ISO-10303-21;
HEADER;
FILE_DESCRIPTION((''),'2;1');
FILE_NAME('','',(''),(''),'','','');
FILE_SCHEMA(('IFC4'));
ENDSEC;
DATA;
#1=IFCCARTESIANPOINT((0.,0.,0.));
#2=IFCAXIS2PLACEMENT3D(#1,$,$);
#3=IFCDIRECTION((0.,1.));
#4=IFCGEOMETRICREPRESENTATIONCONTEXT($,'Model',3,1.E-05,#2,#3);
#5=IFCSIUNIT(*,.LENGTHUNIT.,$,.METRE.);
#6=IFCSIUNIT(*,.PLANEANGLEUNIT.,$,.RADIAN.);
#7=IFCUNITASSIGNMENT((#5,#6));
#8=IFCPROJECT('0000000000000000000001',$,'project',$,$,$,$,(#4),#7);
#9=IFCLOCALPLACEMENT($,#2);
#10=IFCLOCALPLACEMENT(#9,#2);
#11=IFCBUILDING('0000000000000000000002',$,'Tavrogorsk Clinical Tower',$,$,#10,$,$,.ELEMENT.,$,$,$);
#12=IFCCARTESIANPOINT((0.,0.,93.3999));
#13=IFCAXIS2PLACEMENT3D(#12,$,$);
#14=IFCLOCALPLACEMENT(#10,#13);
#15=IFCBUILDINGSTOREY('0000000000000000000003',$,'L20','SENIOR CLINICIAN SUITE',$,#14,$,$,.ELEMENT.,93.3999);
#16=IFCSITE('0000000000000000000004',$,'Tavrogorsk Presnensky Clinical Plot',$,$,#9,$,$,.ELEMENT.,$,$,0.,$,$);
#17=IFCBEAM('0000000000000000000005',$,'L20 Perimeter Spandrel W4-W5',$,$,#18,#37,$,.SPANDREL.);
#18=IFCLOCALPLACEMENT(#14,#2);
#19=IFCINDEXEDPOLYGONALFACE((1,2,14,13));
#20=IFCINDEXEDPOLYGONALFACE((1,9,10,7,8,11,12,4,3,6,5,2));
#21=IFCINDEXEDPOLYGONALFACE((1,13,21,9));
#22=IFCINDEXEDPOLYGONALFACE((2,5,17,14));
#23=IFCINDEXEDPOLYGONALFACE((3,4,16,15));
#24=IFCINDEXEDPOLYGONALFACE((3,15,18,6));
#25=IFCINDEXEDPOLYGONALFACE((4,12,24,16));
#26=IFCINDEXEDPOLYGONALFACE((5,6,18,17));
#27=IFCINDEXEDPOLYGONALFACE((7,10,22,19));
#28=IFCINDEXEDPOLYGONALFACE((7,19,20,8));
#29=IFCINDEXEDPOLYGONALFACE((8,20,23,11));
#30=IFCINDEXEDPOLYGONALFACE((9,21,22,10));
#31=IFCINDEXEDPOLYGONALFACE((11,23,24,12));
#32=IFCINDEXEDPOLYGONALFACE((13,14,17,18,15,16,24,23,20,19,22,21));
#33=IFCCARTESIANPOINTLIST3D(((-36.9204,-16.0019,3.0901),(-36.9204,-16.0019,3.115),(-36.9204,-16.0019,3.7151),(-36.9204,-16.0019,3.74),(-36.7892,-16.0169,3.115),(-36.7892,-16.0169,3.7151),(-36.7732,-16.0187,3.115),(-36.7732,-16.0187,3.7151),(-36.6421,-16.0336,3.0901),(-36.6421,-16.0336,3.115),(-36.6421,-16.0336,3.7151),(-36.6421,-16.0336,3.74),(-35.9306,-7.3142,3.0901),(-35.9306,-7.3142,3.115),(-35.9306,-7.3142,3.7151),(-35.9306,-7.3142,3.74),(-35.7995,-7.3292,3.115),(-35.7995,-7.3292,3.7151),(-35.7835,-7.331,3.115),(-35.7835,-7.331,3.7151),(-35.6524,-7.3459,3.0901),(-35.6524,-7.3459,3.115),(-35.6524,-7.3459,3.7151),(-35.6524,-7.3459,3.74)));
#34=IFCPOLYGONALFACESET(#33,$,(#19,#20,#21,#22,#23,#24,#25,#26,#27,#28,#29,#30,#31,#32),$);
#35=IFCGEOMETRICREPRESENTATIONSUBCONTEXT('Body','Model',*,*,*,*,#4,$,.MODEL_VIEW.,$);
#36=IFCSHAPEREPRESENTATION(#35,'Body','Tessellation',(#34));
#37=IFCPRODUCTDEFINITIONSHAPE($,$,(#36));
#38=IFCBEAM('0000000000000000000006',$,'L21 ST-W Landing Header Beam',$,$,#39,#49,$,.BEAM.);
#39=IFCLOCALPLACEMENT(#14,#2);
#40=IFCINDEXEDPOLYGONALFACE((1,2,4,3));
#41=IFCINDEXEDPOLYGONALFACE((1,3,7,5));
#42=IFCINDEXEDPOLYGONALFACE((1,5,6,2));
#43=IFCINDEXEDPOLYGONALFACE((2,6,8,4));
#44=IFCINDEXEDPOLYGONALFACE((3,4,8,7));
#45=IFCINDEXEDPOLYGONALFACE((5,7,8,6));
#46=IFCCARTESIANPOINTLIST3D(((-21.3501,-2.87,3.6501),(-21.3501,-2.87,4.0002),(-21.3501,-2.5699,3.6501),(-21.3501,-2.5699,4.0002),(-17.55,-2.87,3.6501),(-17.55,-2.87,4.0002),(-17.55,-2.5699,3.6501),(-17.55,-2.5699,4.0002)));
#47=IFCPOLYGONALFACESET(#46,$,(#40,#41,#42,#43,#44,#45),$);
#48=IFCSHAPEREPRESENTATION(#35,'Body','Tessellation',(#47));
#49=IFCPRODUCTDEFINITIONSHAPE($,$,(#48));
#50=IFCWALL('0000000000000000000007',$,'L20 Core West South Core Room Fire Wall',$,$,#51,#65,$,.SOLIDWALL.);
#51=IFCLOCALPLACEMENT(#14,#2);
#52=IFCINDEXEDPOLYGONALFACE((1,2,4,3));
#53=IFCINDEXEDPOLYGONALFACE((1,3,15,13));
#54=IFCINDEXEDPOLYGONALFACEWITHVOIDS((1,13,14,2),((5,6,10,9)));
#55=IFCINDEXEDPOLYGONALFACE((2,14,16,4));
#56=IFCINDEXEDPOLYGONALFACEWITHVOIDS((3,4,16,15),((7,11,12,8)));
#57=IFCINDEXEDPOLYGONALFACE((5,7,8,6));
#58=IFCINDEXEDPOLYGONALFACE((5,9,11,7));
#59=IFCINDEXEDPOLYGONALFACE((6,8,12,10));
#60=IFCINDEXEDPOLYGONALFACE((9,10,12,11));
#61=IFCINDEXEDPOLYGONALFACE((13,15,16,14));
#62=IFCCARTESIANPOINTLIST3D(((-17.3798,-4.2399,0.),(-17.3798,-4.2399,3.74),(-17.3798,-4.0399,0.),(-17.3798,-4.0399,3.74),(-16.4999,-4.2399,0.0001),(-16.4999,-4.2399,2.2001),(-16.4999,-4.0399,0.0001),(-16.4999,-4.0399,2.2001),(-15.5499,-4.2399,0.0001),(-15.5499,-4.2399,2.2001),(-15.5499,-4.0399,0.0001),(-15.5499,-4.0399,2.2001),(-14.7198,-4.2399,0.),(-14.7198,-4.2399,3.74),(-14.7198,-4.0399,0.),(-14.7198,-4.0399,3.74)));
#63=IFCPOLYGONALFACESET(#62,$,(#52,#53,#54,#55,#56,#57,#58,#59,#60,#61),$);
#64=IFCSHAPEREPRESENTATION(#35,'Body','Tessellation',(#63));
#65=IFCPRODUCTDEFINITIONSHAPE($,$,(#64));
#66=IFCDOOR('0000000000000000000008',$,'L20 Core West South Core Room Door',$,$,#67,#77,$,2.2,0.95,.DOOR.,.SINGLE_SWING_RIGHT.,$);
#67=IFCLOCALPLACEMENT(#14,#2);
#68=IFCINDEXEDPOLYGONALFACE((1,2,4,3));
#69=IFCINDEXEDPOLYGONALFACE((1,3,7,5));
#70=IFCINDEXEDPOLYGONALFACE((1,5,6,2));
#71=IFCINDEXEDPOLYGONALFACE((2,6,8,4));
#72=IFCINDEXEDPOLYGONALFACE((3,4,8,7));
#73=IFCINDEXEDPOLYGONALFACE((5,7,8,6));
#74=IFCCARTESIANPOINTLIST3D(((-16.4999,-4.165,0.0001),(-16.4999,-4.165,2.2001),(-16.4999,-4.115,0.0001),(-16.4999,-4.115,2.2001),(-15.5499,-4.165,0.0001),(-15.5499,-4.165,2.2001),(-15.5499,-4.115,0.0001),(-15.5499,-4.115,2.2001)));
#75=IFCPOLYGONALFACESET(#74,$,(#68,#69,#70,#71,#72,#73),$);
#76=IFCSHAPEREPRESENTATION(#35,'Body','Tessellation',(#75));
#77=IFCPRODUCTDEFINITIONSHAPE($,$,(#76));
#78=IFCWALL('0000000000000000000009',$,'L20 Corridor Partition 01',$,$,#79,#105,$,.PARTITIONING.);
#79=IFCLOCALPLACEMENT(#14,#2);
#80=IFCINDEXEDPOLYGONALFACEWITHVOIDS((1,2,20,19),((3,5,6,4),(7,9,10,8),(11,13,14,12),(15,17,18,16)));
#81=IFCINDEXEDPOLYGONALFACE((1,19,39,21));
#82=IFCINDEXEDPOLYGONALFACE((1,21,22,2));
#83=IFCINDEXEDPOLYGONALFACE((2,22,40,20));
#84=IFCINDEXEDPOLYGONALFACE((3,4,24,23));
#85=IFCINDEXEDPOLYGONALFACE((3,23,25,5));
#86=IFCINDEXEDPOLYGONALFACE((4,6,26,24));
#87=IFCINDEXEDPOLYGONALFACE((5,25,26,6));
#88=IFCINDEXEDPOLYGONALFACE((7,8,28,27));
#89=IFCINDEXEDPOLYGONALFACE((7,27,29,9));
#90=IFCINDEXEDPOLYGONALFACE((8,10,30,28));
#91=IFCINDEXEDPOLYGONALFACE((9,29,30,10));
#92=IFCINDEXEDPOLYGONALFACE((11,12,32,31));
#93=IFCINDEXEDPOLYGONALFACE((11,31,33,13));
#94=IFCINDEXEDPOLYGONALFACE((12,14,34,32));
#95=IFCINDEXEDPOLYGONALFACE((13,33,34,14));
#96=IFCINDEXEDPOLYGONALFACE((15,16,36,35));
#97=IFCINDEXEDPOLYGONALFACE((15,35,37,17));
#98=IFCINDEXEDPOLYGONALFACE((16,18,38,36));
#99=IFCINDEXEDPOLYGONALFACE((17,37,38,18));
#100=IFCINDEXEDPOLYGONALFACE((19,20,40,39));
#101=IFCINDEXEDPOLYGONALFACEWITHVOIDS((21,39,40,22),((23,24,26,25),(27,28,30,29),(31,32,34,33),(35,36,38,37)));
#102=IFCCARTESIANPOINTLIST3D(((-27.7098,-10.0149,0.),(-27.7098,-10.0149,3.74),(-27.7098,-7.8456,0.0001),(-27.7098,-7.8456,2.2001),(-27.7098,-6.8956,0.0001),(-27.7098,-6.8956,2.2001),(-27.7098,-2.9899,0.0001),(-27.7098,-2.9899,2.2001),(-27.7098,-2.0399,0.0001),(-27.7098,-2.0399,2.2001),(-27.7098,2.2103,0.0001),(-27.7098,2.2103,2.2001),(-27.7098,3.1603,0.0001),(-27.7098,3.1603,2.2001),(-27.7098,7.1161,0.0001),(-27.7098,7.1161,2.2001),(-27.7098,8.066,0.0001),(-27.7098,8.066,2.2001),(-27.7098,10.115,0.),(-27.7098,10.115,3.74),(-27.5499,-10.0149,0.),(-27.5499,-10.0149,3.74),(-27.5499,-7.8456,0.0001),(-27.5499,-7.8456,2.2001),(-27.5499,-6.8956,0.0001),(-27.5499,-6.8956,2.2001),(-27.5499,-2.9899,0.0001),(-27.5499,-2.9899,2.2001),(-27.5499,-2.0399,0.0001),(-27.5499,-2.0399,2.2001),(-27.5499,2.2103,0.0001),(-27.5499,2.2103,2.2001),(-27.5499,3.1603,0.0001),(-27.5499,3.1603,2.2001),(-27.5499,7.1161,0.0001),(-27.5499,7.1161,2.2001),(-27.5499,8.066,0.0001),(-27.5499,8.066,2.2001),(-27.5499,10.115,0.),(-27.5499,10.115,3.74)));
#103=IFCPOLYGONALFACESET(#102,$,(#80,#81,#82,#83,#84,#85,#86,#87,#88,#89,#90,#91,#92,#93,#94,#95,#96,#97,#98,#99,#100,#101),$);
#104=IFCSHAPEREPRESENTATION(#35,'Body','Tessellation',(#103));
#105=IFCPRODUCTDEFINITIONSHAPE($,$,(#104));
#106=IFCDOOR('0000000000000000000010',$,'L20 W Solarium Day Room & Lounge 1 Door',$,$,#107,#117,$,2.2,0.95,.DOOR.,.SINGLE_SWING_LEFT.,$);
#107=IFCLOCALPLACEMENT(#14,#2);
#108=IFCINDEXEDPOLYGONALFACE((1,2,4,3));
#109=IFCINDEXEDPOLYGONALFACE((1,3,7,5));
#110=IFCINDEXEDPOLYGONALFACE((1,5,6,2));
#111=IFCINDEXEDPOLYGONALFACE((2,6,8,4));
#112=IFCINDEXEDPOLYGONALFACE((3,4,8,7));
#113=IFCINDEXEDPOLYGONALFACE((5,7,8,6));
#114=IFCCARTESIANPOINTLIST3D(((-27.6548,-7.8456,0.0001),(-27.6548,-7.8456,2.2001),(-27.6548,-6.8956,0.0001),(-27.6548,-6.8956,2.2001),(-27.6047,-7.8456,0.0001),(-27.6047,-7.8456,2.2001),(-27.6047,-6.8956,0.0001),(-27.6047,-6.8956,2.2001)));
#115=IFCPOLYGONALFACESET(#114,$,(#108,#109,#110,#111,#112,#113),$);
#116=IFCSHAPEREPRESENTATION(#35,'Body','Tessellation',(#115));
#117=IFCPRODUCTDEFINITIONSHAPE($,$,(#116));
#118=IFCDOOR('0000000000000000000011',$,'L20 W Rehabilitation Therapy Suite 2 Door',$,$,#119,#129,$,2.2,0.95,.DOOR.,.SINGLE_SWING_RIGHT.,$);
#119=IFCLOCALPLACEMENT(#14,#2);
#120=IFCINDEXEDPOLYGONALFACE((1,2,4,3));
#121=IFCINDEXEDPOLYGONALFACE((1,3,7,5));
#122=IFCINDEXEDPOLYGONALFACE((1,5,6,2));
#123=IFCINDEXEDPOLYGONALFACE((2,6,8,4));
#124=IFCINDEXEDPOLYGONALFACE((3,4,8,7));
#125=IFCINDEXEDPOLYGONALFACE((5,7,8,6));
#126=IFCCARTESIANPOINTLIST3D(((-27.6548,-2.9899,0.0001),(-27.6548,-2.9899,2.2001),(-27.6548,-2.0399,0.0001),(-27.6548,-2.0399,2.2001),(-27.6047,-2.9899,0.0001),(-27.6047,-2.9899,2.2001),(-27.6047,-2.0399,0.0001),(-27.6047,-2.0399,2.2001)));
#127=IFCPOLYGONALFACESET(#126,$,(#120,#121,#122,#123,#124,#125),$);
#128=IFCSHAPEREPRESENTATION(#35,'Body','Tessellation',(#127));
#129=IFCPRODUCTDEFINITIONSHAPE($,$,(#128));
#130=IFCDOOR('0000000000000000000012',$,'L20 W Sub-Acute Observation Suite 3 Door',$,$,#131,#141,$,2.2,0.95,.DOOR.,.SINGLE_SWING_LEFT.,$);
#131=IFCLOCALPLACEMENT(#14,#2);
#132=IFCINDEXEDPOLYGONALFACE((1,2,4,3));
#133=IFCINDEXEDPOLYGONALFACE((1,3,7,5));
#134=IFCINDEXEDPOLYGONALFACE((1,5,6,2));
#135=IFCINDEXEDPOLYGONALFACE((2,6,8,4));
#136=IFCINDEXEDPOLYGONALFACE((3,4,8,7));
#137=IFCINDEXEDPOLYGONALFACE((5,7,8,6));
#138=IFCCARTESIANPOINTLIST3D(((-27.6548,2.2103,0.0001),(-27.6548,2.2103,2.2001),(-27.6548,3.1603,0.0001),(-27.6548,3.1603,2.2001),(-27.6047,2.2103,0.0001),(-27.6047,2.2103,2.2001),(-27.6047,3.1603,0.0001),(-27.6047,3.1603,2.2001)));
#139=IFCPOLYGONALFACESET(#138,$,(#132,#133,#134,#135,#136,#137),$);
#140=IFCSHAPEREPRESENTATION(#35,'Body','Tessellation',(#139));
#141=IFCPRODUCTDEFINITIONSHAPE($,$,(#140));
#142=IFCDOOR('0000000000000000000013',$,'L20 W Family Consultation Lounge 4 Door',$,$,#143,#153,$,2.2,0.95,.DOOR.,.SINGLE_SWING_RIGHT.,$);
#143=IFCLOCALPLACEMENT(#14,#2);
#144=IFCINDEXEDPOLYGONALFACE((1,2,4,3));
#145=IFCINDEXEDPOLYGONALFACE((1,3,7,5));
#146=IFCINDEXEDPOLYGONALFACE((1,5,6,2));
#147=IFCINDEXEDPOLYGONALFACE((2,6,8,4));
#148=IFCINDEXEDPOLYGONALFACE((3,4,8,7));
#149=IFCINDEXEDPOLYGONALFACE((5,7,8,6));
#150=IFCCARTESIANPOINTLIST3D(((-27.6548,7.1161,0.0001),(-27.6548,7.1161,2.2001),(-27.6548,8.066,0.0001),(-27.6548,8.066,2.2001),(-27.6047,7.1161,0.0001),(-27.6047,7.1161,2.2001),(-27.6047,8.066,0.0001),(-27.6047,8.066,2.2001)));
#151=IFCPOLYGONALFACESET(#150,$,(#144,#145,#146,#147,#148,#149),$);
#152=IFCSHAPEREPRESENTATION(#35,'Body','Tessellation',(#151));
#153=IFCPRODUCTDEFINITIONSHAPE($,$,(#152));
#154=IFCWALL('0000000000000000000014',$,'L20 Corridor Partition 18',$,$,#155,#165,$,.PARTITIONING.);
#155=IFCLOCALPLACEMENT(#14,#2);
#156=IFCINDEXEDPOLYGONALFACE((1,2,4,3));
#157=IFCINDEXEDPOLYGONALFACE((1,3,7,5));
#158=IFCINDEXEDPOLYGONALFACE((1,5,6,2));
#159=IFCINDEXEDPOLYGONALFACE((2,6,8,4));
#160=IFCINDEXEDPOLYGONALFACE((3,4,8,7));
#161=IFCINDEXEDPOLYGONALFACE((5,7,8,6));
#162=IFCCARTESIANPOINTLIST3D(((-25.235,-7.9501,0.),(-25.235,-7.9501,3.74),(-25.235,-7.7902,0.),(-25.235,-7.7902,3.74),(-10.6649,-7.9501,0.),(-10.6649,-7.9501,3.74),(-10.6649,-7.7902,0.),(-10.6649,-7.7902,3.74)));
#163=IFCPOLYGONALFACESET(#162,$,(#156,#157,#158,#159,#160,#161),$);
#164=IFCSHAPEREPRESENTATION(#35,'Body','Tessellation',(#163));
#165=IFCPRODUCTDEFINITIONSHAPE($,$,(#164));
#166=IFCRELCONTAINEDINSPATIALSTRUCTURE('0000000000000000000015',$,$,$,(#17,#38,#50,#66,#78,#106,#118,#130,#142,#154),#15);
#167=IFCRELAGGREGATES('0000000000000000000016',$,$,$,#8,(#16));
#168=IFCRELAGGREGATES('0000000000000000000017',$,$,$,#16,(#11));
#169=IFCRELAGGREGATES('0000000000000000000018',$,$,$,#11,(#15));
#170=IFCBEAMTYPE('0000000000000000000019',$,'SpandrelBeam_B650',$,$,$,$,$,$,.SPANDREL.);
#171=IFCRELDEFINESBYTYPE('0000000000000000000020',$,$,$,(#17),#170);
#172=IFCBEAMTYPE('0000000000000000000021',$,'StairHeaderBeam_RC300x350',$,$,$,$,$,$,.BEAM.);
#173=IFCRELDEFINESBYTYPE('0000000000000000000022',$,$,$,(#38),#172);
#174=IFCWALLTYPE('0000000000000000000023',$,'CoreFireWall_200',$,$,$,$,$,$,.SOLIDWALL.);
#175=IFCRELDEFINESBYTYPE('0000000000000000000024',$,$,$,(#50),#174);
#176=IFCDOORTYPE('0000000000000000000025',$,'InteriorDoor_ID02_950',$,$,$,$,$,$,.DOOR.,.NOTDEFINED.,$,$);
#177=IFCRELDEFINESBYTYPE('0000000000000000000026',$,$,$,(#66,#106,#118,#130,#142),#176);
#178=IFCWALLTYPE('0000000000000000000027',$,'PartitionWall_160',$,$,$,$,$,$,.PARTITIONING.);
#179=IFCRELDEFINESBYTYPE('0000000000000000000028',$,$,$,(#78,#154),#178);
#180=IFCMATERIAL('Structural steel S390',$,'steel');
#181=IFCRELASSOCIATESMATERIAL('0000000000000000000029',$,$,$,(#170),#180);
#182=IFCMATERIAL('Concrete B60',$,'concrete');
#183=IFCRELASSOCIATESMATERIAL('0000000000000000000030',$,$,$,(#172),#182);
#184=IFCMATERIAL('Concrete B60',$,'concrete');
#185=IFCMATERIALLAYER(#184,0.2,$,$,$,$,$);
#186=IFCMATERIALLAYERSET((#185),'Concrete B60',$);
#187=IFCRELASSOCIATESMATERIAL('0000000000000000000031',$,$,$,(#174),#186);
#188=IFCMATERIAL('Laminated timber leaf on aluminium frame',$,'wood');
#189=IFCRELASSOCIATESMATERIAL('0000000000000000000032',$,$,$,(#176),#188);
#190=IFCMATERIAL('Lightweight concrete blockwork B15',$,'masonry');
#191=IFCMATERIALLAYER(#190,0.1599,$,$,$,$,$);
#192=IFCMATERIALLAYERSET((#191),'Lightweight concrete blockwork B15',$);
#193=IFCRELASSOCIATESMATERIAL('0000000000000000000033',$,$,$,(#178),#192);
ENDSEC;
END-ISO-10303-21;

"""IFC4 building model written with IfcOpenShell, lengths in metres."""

from ifc_helpers import new_model, si_unit, direction, frame, frame_2d, origin, origin_2d, place, context, subcontext, project, spatial, rectangle, i_section, extrude, material, layer, layer_set, material_profile, profile_set, type_object, element, fill, save


model = new_model("IFC4")

# Units and contexts
model_context = context("Model", 3, precision=1e-05, world=origin(), true_north=direction((0.0, 1.0)))
body_context = subcontext(model_context, "Body", "Model", "MODEL_VIEW")
ifc_project = project(units=[si_unit("LENGTHUNIT", "METRE"), si_unit("PLANEANGLEUNIT", "RADIAN")], contexts=[model_context])

# Site, building, storey
site_placement = place(None, origin())
site = spatial("IfcSite", under=ifc_project, at=site_placement, Name="Tavrogorsk Presnensky Clinical Plot", CompositionType="ELEMENT", RefElevation=0.0)
building_placement = place(site_placement, origin())
building = spatial("IfcBuilding", under=site, at=building_placement, Name="Tavrogorsk Clinical Tower", CompositionType="ELEMENT")
storey_placement = place(building_placement, frame((0.0, 0.0, 93.3999)))
storey = spatial("IfcBuildingStorey", under=building, at=storey_placement, Name="L20", Description="SENIOR CLINICIAN SUITE", CompositionType="ELEMENT", Elevation=93.3999)

# Beams
ifc_material_1 = material(Name="Structural steel S390", Category="steel")
ifc_material_profile_1 = material_profile(ifc_material_1, i_section(OverallWidth=0.28, OverallDepth=0.6499, WebThickness=0.0161, FlangeThickness=0.0249, at=origin_2d()), Name="B-650x280x16x25")
ifc_profile_set_1 = profile_set([ifc_material_profile_1], Name="Structural steel S390")
beam_type_1 = type_object("IfcBeamType", Name="SpandrelBeam_B650", PredefinedType="SPANDREL", material=ifc_profile_set_1)
beam_1_placement = place(storey_placement, frame((-35.7915, -7.3301, 3.415), z_axis=(-0.113192, -0.993573, 0.0), x_axis=(0.993573, -0.113192, 0.0)))
element("IfcBeam", 1, at=beam_1_placement, inside=storey, type_object=beam_type_1, Name="L20 Perimeter Spandrel W4-W5", PredefinedType="SPANDREL", context=body_context, shape_type="SweptSolid", body=[
    extrude(i_section(OverallWidth=0.28, OverallDepth=0.6499, WebThickness=0.0161, FlangeThickness=0.0249, at=origin_2d()), origin(), (0.0, 0.0, 1.0), 8.7439),
])
ifc_material_2 = material(Name="Concrete B60", Category="concrete")
ifc_material_profile_2 = material_profile(ifc_material_2, rectangle(XDim=0.3, YDim=0.3501, at=origin_2d()), Name="RC-SHB-300x350")
ifc_profile_set_2 = profile_set([ifc_material_profile_2], Name="Concrete B60")
beam_type_2 = type_object("IfcBeamType", Name="StairHeaderBeam_RC300x350", PredefinedType="BEAM", material=ifc_profile_set_2)
beam_2_placement = place(storey_placement, frame((-21.3501, -2.72, 3.8252), z_axis=(1.0, 0.0, 0.0), x_axis=(0.0, 1.0, 0.0)))
element("IfcBeam", 2, at=beam_2_placement, inside=storey, type_object=beam_type_2, Name="L21 ST-W Landing Header Beam", PredefinedType="BEAM", context=body_context, shape_type="SweptSolid", body=[
    extrude(rectangle(XDim=0.3, YDim=0.3501, at=origin_2d()), origin(), (0.0, 0.0, 1.0), 3.8),
])

# Wall, opening, door
ifc_material_3 = material(Name="Concrete B60", Category="concrete")
ifc_layer_1 = layer(ifc_material_3, 0.2)
ifc_layer_set_1 = layer_set([ifc_layer_1], Name="Concrete B60")
wall_type_1 = type_object("IfcWallType", Name="CoreFireWall_200", PredefinedType="SOLIDWALL", material=ifc_layer_set_1)
wall_1_placement = place(storey_placement, frame((-17.3799, -4.1399, 0.0), z_axis=(0.0, 0.0, 1.0), x_axis=(1.0, 0.0, 0.0)))
wall_1 = element("IfcWall", 3, at=wall_1_placement, inside=storey, type_object=wall_type_1, Name="L20 Core West South Core Room Fire Wall", PredefinedType="SOLIDWALL", context=body_context, shape_type="SweptSolid", body=[
    extrude(rectangle(XDim=2.6599, YDim=0.2, at=frame_2d((1.3301, 0.0))), origin(), (0.0, 0.0, 1.0), 3.74),
])
opening_1_placement = place(wall_1_placement, frame((0.8799, 0.0, 0.0)))
opening_1 = element("IfcOpeningElement", 4, at=opening_1_placement, cuts=wall_1, PredefinedType="OPENING", context=body_context, shape_type="SweptSolid", body=[
    extrude(rectangle(XDim=0.95, YDim=2.2, at=frame_2d((0.4751, 1.1001))), frame((0.0, 0.1099, 0.0), z_axis=(0.0, -1.0, 0.0), x_axis=(1.0, 0.0, 0.0)), (0.0, 0.0, 1.0), 0.22),
])
ifc_material_4 = material(Name="Laminated timber leaf on aluminium frame", Category="wood")
door_type_1 = type_object("IfcDoorType", Name="InteriorDoor_ID02_950", OperationType="NOTDEFINED", PredefinedType="DOOR", material=ifc_material_4)
door_1_placement = place(opening_1_placement, origin())
door_1 = element("IfcDoor", 5, at=door_1_placement, inside=storey, type_object=door_type_1, Name="L20 Core West South Core Room Door", OperationType="SINGLE_SWING_RIGHT", OverallHeight=2.2, OverallWidth=0.95, PredefinedType="DOOR", context=body_context, shape_type="SweptSolid", body=[
    extrude(rectangle(XDim=0.95, YDim=2.2, at=frame_2d((0.4751, 1.1001))), frame((0.0, 0.0249, 0.0), z_axis=(0.0, -1.0, 0.0), x_axis=(1.0, 0.0, 0.0)), (0.0, 0.0, 1.0), 0.05),
])
fill(opening_1, door_1)

# Wall, openings, doors
ifc_material_5 = material(Name="Lightweight concrete blockwork B15", Category="masonry")
ifc_layer_2 = layer(ifc_material_5, 0.1599)
ifc_layer_set_2 = layer_set([ifc_layer_2], Name="Lightweight concrete blockwork B15")
wall_type_2 = type_object("IfcWallType", Name="PartitionWall_160", PredefinedType="PARTITIONING", material=ifc_layer_set_2)
wall_2_placement = place(storey_placement, frame((-27.6299, -10.0149, 0.0), z_axis=(0.0, 0.0, 1.0), x_axis=(0.0, 1.0, 0.0)))
wall_2 = element("IfcWall", 6, at=wall_2_placement, inside=storey, type_object=wall_type_2, Name="L20 Corridor Partition 01", PredefinedType="PARTITIONING", context=body_context, shape_type="SweptSolid", body=[
    extrude(rectangle(XDim=20.1299, YDim=0.1599, at=frame_2d((10.0649, 0.0))), origin(), (0.0, 0.0, 1.0), 3.74),
])
opening_2_placement = place(wall_2_placement, frame((2.1692, 0.0, 0.0)))
opening_2 = element("IfcOpeningElement", 7, at=opening_2_placement, cuts=wall_2, PredefinedType="OPENING", context=body_context, shape_type="SweptSolid", body=[
    extrude(rectangle(XDim=0.95, YDim=2.2, at=frame_2d((0.4751, 1.1001))), frame((0.0, 0.0898, 0.0), z_axis=(0.0, -1.0, 0.0), x_axis=(1.0, 0.0, 0.0)), (0.0, 0.0, 1.0), 0.1799),
])
opening_3_placement = place(wall_2_placement, frame((7.0249, 0.0, 0.0)))
opening_3 = element("IfcOpeningElement", 8, at=opening_3_placement, cuts=wall_2, PredefinedType="OPENING", context=body_context, shape_type="SweptSolid", body=[
    extrude(rectangle(XDim=0.95, YDim=2.2, at=frame_2d((0.4751, 1.1001))), frame((0.0, 0.0898, 0.0), z_axis=(0.0, -1.0, 0.0), x_axis=(1.0, 0.0, 0.0)), (0.0, 0.0, 1.0), 0.1799),
])
opening_4_placement = place(wall_2_placement, frame((12.2251, 0.0, 0.0)))
opening_4 = element("IfcOpeningElement", 9, at=opening_4_placement, cuts=wall_2, PredefinedType="OPENING", context=body_context, shape_type="SweptSolid", body=[
    extrude(rectangle(XDim=0.95, YDim=2.2, at=frame_2d((0.4751, 1.1001))), frame((0.0, 0.0898, 0.0), z_axis=(0.0, -1.0, 0.0), x_axis=(1.0, 0.0, 0.0)), (0.0, 0.0, 1.0), 0.1799),
])
opening_5_placement = place(wall_2_placement, frame((17.1309, 0.0, 0.0)))
opening_5 = element("IfcOpeningElement", 10, at=opening_5_placement, cuts=wall_2, PredefinedType="OPENING", context=body_context, shape_type="SweptSolid", body=[
    extrude(rectangle(XDim=0.95, YDim=2.2, at=frame_2d((0.4751, 1.1001))), frame((0.0, 0.0898, 0.0), z_axis=(0.0, -1.0, 0.0), x_axis=(1.0, 0.0, 0.0)), (0.0, 0.0, 1.0), 0.1799),
])
door_2_placement = place(opening_2_placement, origin())
door_2 = element("IfcDoor", 11, at=door_2_placement, inside=storey, type_object=door_type_1, Name="L20 W Solarium Day Room & Lounge 1 Door", OperationType="SINGLE_SWING_LEFT", OverallHeight=2.2, OverallWidth=0.95, PredefinedType="DOOR", context=body_context, shape_type="SweptSolid", body=[
    extrude(rectangle(XDim=0.95, YDim=2.2, at=frame_2d((0.4751, 1.1001))), frame((0.0, 0.0249, 0.0), z_axis=(0.0, -1.0, 0.0), x_axis=(1.0, 0.0, 0.0)), (0.0, 0.0, 1.0), 0.05),
])
fill(opening_2, door_2)
door_3_placement = place(opening_3_placement, origin())
door_3 = element("IfcDoor", 12, at=door_3_placement, inside=storey, type_object=door_type_1, Name="L20 W Rehabilitation Therapy Suite 2 Door", OperationType="SINGLE_SWING_RIGHT", OverallHeight=2.2, OverallWidth=0.95, PredefinedType="DOOR", context=body_context, shape_type="SweptSolid", body=[
    extrude(rectangle(XDim=0.95, YDim=2.2, at=frame_2d((0.4751, 1.1001))), frame((0.0, 0.0249, 0.0), z_axis=(0.0, -1.0, 0.0), x_axis=(1.0, 0.0, 0.0)), (0.0, 0.0, 1.0), 0.05),
])
fill(opening_3, door_3)
door_4_placement = place(opening_4_placement, origin())
door_4 = element("IfcDoor", 13, at=door_4_placement, inside=storey, type_object=door_type_1, Name="L20 W Sub-Acute Observation Suite 3 Door", OperationType="SINGLE_SWING_LEFT", OverallHeight=2.2, OverallWidth=0.95, PredefinedType="DOOR", context=body_context, shape_type="SweptSolid", body=[
    extrude(rectangle(XDim=0.95, YDim=2.2, at=frame_2d((0.4751, 1.1001))), frame((0.0, 0.0249, 0.0), z_axis=(0.0, -1.0, 0.0), x_axis=(1.0, 0.0, 0.0)), (0.0, 0.0, 1.0), 0.05),
])
fill(opening_4, door_4)
door_5_placement = place(opening_5_placement, origin())
door_5 = element("IfcDoor", 14, at=door_5_placement, inside=storey, type_object=door_type_1, Name="L20 W Family Consultation Lounge 4 Door", OperationType="SINGLE_SWING_RIGHT", OverallHeight=2.2, OverallWidth=0.95, PredefinedType="DOOR", context=body_context, shape_type="SweptSolid", body=[
    extrude(rectangle(XDim=0.95, YDim=2.2, at=frame_2d((0.4751, 1.1001))), frame((0.0, 0.0249, 0.0), z_axis=(0.0, -1.0, 0.0), x_axis=(1.0, 0.0, 0.0)), (0.0, 0.0, 1.0), 0.05),
])
fill(opening_5, door_5)

# Wall
wall_3_placement = place(storey_placement, frame((-25.2351, -7.8701, 0.0), z_axis=(0.0, 0.0, 1.0), x_axis=(1.0, 0.0, 0.0)))
element("IfcWall", 15, at=wall_3_placement, inside=storey, type_object=wall_type_2, Name="L20 Corridor Partition 18", PredefinedType="PARTITIONING", context=body_context, shape_type="SweptSolid", body=[
    extrude(rectangle(XDim=14.5701, YDim=0.1599, at=frame_2d((7.2852, 0.0))), origin(), (0.0, 0.0, 1.0), 3.74),
])

save(model, "model.ifc")
